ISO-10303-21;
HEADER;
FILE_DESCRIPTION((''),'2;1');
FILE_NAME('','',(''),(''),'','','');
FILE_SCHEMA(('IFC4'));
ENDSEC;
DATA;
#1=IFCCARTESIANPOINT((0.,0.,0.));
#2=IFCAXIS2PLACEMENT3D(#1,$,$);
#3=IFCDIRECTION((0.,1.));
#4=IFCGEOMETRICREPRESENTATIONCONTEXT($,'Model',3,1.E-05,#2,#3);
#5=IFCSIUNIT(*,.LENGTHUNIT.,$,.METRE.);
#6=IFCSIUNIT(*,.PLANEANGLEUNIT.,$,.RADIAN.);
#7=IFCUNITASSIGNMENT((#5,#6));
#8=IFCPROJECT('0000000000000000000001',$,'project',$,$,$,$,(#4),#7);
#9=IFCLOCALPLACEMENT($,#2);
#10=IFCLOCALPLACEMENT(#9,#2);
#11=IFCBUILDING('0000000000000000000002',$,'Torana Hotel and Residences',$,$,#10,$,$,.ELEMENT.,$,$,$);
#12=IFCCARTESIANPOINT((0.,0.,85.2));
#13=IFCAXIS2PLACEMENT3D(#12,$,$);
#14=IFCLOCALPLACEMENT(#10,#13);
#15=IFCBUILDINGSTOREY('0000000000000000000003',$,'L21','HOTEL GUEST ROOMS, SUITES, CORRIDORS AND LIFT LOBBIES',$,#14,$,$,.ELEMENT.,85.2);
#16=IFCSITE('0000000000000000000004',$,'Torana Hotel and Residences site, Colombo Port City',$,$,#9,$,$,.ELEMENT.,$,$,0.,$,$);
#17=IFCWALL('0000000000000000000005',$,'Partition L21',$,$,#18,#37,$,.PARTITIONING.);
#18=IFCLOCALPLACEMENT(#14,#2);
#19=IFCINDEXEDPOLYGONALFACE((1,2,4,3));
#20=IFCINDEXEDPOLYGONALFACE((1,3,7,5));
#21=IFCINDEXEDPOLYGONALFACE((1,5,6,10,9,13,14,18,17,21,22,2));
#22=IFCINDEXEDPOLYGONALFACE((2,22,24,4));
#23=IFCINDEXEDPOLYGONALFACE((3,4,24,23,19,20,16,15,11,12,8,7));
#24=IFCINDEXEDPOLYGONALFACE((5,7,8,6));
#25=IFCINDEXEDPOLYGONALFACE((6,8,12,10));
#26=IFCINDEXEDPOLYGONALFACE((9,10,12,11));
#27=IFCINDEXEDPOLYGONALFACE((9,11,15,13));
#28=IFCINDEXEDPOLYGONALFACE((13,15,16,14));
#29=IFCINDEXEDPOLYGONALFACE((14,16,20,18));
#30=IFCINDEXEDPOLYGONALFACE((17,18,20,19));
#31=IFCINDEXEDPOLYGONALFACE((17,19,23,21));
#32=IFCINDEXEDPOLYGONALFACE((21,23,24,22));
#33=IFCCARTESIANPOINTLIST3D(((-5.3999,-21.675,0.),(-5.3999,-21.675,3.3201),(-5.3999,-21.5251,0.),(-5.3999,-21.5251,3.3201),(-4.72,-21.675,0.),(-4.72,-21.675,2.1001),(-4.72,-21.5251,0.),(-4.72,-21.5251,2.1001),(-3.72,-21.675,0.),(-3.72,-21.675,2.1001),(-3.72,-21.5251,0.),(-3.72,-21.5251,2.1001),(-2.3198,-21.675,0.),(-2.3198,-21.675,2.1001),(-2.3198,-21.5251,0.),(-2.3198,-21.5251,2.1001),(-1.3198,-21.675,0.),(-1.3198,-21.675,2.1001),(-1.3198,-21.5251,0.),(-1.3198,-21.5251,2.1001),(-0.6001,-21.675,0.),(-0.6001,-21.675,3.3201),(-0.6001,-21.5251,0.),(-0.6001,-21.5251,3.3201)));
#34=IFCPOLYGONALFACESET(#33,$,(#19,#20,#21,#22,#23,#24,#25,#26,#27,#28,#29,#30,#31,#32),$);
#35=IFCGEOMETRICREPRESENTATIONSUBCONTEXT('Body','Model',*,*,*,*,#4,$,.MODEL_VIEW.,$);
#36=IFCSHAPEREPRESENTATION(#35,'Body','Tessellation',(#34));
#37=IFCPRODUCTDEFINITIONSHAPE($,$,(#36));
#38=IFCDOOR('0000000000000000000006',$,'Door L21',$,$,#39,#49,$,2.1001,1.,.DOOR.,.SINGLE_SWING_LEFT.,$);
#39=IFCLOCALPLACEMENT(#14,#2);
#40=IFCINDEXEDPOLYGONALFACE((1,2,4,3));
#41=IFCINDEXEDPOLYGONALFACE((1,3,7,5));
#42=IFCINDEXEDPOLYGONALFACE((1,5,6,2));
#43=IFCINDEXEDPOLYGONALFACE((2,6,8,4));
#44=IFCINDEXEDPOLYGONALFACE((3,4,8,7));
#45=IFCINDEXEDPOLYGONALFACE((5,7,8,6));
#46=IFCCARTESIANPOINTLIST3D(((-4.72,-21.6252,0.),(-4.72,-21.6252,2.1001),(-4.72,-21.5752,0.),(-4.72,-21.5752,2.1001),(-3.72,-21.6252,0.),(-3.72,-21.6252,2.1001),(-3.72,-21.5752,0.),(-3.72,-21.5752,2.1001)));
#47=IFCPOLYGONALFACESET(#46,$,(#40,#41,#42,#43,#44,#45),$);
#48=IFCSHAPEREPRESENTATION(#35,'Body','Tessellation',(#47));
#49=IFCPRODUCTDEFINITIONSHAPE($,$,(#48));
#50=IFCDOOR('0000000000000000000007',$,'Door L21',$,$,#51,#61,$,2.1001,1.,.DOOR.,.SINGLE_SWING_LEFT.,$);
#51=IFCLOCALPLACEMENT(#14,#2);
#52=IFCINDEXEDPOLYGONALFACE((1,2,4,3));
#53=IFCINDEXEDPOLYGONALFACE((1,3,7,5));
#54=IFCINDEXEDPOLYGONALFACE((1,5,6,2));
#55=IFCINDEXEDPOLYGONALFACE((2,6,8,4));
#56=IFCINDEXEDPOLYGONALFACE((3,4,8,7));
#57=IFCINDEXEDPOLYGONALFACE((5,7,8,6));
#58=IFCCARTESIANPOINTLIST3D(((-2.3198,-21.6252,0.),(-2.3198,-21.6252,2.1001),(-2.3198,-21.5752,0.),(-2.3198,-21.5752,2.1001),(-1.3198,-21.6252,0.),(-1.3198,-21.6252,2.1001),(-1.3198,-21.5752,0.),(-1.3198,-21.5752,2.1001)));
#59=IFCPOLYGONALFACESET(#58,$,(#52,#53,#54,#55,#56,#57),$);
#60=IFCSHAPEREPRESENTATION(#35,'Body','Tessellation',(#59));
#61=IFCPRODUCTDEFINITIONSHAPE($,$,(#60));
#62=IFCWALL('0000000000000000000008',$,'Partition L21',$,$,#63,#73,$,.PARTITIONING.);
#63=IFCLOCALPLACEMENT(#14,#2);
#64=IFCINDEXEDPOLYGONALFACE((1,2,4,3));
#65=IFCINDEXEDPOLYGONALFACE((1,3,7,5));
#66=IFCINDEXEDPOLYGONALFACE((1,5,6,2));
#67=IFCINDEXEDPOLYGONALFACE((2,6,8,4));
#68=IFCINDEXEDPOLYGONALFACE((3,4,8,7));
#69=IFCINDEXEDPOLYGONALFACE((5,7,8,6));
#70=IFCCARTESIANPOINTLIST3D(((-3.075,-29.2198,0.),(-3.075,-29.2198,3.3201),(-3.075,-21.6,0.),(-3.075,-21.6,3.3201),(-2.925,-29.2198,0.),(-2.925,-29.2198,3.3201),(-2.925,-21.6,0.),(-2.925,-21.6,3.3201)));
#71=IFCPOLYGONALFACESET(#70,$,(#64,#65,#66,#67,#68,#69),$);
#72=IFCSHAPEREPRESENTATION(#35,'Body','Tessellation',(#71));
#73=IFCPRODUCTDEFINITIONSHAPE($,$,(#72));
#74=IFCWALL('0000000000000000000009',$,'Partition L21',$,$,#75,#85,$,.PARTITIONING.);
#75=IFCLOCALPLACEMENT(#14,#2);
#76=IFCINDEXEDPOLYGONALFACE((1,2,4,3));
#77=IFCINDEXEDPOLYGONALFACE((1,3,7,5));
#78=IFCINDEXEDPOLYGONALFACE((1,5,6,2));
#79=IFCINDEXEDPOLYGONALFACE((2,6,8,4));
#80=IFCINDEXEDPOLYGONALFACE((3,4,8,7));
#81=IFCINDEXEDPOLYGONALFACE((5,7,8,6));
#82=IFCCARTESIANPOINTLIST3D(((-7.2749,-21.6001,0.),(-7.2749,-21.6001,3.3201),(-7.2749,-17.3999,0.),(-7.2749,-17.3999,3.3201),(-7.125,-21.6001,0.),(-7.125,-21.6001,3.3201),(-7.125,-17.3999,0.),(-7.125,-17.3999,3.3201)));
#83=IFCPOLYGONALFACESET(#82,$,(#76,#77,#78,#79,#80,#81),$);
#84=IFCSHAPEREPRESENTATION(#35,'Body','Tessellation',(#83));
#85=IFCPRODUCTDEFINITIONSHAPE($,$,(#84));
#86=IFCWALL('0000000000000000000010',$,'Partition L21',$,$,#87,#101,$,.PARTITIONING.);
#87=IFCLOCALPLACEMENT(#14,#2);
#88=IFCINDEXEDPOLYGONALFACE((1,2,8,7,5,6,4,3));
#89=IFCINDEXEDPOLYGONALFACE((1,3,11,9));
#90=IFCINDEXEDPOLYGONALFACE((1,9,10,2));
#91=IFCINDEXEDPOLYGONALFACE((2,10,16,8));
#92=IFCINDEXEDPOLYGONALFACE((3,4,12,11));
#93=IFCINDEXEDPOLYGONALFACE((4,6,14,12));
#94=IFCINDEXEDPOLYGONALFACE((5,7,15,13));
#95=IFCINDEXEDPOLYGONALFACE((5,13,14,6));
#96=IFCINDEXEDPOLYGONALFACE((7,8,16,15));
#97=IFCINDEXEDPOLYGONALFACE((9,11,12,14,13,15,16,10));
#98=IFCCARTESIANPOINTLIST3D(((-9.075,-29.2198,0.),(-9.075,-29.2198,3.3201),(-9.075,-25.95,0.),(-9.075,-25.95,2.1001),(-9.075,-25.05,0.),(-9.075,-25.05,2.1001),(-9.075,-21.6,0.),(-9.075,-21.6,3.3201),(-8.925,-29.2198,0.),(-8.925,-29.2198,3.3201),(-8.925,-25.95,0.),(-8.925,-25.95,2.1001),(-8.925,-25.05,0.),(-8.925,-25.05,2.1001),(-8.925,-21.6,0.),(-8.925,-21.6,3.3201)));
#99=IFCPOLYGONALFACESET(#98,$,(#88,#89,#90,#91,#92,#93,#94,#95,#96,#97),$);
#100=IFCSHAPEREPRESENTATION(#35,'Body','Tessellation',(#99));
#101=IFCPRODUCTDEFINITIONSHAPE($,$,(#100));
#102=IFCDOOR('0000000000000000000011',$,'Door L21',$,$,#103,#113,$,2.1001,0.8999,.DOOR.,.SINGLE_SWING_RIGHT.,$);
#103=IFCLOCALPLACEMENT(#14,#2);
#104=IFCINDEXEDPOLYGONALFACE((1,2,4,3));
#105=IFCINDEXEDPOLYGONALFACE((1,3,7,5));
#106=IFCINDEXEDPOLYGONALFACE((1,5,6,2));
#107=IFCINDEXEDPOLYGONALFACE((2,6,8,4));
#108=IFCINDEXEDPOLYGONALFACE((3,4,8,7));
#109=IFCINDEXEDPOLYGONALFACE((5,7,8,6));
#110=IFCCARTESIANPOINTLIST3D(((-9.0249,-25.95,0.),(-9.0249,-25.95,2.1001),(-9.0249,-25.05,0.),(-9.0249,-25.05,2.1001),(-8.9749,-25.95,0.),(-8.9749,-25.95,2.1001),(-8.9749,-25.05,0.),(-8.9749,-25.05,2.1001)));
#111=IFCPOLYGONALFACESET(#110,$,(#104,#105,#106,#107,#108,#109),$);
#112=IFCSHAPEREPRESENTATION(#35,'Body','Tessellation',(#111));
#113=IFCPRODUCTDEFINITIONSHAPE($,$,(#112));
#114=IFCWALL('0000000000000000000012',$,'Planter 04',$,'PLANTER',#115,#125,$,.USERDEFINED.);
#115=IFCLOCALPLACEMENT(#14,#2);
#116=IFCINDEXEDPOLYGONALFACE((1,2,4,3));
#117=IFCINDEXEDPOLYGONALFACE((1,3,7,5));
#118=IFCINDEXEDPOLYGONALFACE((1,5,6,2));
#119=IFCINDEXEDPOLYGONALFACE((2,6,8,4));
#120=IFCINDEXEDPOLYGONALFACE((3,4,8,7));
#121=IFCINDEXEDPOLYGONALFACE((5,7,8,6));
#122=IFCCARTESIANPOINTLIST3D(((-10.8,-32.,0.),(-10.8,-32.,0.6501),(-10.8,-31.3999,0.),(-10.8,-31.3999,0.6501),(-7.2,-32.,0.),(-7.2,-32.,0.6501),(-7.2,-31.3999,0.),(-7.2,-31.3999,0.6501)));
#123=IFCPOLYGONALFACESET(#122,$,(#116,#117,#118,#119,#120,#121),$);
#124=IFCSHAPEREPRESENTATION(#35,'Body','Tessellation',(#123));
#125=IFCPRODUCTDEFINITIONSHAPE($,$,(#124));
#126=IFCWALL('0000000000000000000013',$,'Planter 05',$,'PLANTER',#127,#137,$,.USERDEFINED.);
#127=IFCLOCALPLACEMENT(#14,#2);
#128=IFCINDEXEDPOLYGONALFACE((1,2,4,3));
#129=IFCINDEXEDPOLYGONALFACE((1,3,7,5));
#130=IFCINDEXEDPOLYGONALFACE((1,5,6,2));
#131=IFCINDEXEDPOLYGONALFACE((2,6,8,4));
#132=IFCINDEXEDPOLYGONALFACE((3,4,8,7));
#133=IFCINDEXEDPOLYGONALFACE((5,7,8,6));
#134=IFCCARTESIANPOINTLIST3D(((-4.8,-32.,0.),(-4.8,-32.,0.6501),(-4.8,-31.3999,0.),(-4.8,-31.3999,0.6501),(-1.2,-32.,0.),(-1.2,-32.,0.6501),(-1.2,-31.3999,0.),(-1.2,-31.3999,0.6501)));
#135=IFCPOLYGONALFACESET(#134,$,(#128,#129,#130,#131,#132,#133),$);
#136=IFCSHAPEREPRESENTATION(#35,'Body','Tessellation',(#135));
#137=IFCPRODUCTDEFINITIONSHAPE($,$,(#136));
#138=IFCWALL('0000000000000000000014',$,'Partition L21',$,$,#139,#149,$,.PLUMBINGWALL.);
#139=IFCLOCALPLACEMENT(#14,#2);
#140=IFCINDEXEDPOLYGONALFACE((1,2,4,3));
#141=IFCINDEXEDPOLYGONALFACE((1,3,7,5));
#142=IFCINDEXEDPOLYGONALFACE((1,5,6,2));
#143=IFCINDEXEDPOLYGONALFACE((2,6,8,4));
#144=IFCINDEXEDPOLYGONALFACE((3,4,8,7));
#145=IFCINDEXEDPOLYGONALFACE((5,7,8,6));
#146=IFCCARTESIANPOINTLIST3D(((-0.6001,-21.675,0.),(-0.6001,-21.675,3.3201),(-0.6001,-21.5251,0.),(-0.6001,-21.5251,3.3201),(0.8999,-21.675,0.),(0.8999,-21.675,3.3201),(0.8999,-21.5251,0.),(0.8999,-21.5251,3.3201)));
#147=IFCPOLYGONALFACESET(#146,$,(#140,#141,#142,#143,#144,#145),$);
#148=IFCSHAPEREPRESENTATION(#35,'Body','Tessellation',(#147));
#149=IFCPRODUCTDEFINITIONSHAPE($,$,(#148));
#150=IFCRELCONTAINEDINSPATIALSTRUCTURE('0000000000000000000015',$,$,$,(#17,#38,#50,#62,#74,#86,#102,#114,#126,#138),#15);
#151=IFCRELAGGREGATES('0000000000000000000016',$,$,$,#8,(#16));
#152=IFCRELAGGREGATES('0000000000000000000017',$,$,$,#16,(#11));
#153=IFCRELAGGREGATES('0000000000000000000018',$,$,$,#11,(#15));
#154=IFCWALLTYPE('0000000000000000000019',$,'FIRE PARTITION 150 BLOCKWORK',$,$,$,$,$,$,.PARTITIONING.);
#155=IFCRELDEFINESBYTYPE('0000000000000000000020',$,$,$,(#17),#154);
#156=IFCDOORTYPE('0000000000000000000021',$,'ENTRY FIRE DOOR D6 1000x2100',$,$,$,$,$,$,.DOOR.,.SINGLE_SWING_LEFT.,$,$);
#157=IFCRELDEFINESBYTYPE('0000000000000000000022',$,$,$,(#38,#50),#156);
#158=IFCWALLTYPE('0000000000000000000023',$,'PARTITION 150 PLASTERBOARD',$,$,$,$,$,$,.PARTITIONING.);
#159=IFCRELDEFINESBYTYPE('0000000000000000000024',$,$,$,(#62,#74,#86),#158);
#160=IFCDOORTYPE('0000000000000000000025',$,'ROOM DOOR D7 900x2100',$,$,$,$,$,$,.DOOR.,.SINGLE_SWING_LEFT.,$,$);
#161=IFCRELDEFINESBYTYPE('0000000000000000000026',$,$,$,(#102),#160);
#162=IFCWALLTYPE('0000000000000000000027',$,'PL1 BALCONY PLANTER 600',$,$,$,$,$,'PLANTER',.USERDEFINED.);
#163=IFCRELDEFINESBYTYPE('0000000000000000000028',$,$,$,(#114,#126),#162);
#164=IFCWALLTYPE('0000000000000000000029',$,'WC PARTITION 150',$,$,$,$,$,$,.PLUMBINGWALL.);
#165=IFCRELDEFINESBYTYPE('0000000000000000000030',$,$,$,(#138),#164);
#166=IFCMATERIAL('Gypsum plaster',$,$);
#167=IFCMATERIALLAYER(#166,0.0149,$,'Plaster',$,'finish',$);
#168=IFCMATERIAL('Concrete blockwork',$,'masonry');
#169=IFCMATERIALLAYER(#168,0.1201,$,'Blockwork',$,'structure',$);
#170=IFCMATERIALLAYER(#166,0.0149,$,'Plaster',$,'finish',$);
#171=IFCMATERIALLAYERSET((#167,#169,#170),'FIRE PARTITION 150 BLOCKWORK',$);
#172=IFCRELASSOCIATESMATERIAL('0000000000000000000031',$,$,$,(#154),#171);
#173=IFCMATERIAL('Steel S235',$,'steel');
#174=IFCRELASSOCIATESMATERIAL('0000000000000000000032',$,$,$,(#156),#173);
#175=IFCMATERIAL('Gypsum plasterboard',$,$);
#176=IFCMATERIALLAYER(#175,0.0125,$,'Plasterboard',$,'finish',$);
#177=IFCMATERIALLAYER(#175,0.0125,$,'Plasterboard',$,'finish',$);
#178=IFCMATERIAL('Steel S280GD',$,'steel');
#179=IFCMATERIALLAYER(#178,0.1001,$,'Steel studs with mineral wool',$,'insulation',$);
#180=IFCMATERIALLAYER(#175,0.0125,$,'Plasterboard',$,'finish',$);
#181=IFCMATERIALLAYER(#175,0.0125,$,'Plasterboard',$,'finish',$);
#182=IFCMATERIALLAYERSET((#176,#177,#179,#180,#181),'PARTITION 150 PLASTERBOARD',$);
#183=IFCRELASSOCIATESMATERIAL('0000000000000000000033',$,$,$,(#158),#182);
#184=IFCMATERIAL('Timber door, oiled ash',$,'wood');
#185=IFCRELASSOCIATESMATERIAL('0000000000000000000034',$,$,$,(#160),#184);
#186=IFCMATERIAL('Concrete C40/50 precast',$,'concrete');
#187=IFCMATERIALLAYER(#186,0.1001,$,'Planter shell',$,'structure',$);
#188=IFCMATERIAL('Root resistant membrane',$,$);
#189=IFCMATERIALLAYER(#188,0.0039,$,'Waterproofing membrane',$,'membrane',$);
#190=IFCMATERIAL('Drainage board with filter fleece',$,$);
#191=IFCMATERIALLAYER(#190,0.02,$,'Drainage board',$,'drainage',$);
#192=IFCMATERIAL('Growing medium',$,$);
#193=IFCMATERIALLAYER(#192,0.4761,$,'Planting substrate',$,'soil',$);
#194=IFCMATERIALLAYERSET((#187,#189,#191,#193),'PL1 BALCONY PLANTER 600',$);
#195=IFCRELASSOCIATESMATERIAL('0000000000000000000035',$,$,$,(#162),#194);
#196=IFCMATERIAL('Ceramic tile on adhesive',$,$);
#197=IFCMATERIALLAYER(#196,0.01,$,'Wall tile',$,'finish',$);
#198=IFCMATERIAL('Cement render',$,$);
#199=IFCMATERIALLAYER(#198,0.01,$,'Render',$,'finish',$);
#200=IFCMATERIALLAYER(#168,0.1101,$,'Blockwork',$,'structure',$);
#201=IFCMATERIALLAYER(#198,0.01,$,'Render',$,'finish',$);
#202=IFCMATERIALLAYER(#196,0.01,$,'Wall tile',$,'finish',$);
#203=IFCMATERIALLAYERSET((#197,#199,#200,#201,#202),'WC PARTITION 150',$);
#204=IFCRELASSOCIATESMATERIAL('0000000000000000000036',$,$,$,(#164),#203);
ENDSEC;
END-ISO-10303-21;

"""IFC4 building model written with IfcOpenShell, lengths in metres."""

from ifc_helpers import new_model, si_unit, direction, frame, frame_2d, origin, place, context, subcontext, project, spatial, rectangle, extrude, material, layer, layer_set, type_object, element, fill, save


model = new_model("IFC4")

# Units and contexts
model_context = context("Model", 3, precision=1e-05, world=origin(), true_north=direction((0.0, 1.0)))
body_context = subcontext(model_context, "Body", "Model", "MODEL_VIEW")
ifc_project = project(units=[si_unit("LENGTHUNIT", "METRE"), si_unit("PLANEANGLEUNIT", "RADIAN")], contexts=[model_context])

# Site, building, storey
site_placement = place(None, origin())
site = spatial("IfcSite", under=ifc_project, at=site_placement, Name="Torana Hotel and Residences site, Colombo Port City", CompositionType="ELEMENT", RefElevation=0.0)
building_placement = place(site_placement, origin())
building = spatial("IfcBuilding", under=site, at=building_placement, Name="Torana Hotel and Residences", CompositionType="ELEMENT")
storey_placement = place(building_placement, frame((0.0, 0.0, 85.2)))
storey = spatial("IfcBuildingStorey", under=building, at=storey_placement, Name="L21", Description="HOTEL GUEST ROOMS, SUITES, CORRIDORS AND LIFT LOBBIES", CompositionType="ELEMENT", Elevation=85.2)

# Shared definitions
ifc_material_1 = material(Name="Gypsum plaster")
ifc_layer_1 = layer(ifc_material_1, 0.0149, Name="Plaster", Category="finish")
ifc_material_2 = material(Name="Concrete blockwork", Category="masonry")
ifc_layer_2 = layer(ifc_material_2, 0.1201, Name="Blockwork", Category="structure")
ifc_layer_3 = layer(ifc_material_1, 0.0149, Name="Plaster", Category="finish")
ifc_layer_set_1 = layer_set([ifc_layer_1, ifc_layer_2, ifc_layer_3], Name="FIRE PARTITION 150 BLOCKWORK")
wall_type_1 = type_object("IfcWallType", Name="FIRE PARTITION 150 BLOCKWORK", PredefinedType="PARTITIONING", material=ifc_layer_set_1)
ifc_material_3 = material(Name="Steel S235", Category="steel")
door_type_1 = type_object("IfcDoorType", Name="ENTRY FIRE DOOR D6 1000x2100", OperationType="SINGLE_SWING_LEFT", PredefinedType="DOOR", material=ifc_material_3)

# Wall, openings, doors
wall_1_placement = place(storey_placement, frame((-5.3999, -21.6001, 0.0), z_axis=(0.0, 0.0, 1.0), x_axis=(1.0, 0.0, 0.0)))
wall_1 = element("IfcWall", 1, at=wall_1_placement, inside=storey, type_object=wall_type_1, Name="Partition L21", PredefinedType="PARTITIONING", context=body_context, shape_type="SweptSolid", body=[
    extrude(rectangle(XDim=4.7998, YDim=0.1499, at=frame_2d((2.3999, 0.0))), origin(), (0.0, 0.0, 1.0), 3.3201),
])
opening_1_placement = place(wall_1_placement, frame((0.6799, 0.0, 0.0)))
opening_1 = element("IfcOpeningElement", 2, at=opening_1_placement, cuts=wall_1, PredefinedType="OPENING", context=body_context, shape_type="SweptSolid", body=[
    extrude(rectangle(XDim=1.0, YDim=2.1001, at=frame_2d((0.5, 1.05))), frame((0.0, 0.085, 0.0), z_axis=(0.0, -1.0, 0.0), x_axis=(1.0, 0.0, 0.0)), (0.0, 0.0, 1.0), 0.1699),
])
opening_2_placement = place(wall_1_placement, frame((3.0801, 0.0, 0.0)))
opening_2 = element("IfcOpeningElement", 3, at=opening_2_placement, cuts=wall_1, PredefinedType="OPENING", context=body_context, shape_type="SweptSolid", body=[
    extrude(rectangle(XDim=1.0, YDim=2.1001, at=frame_2d((0.5, 1.05))), frame((0.0, 0.085, 0.0), z_axis=(0.0, -1.0, 0.0), x_axis=(1.0, 0.0, 0.0)), (0.0, 0.0, 1.0), 0.1699),
])
door_1_placement = place(opening_1_placement, frame((0.5, 0.0, 0.0), z_axis=(0.0, 0.0, 1.0), x_axis=(-1.0, 0.0, 0.0)))
door_1 = element("IfcDoor", 4, at=door_1_placement, inside=storey, type_object=door_type_1, Name="Door L21", OperationType="SINGLE_SWING_LEFT", OverallHeight=2.1001, OverallWidth=1.0, PredefinedType="DOOR", context=body_context, shape_type="SweptSolid", body=[
    extrude(rectangle(XDim=1.0, YDim=2.1001, at=frame_2d((0.0, 1.05))), frame((0.0, -0.0249, 0.0), z_axis=(0.0, 1.0, 0.0), x_axis=(-1.0, 0.0, 0.0)), (0.0, 0.0, 1.0), 0.05),
])
fill(opening_1, door_1)
door_2_placement = place(opening_2_placement, frame((0.5, 0.0, 0.0), z_axis=(0.0, 0.0, 1.0), x_axis=(-1.0, 0.0, 0.0)))
door_2 = element("IfcDoor", 5, at=door_2_placement, inside=storey, type_object=door_type_1, Name="Door L21", OperationType="SINGLE_SWING_LEFT", OverallHeight=2.1001, OverallWidth=1.0, PredefinedType="DOOR", context=body_context, shape_type="SweptSolid", body=[
    extrude(rectangle(XDim=1.0, YDim=2.1001, at=frame_2d((0.0, 1.05))), frame((0.0, -0.0249, 0.0), z_axis=(0.0, 1.0, 0.0), x_axis=(-1.0, 0.0, 0.0)), (0.0, 0.0, 1.0), 0.05),
])
fill(opening_2, door_2)

# Walls
ifc_material_4 = material(Name="Gypsum plasterboard")
ifc_layer_4 = layer(ifc_material_4, 0.0125, Name="Plasterboard", Category="finish")
ifc_layer_5 = layer(ifc_material_4, 0.0125, Name="Plasterboard", Category="finish")
ifc_material_5 = material(Name="Steel S280GD", Category="steel")
ifc_layer_6 = layer(ifc_material_5, 0.1001, Name="Steel studs with mineral wool", Category="insulation")
ifc_layer_7 = layer(ifc_material_4, 0.0125, Name="Plasterboard", Category="finish")
ifc_layer_8 = layer(ifc_material_4, 0.0125, Name="Plasterboard", Category="finish")
ifc_layer_set_2 = layer_set([ifc_layer_4, ifc_layer_5, ifc_layer_6, ifc_layer_7, ifc_layer_8], Name="PARTITION 150 PLASTERBOARD")
wall_type_2 = type_object("IfcWallType", Name="PARTITION 150 PLASTERBOARD", PredefinedType="PARTITIONING", material=ifc_layer_set_2)
wall_2_placement = place(storey_placement, frame((-3.0, -29.22, 0.0), z_axis=(0.0, 0.0, 1.0), x_axis=(0.0, 1.0, 0.0)))
element("IfcWall", 6, at=wall_2_placement, inside=storey, type_object=wall_type_2, Name="Partition L21", PredefinedType="PARTITIONING", context=body_context, shape_type="SweptSolid", body=[
    extrude(rectangle(XDim=7.6199, YDim=0.1499, at=frame_2d((3.8101, 0.0))), origin(), (0.0, 0.0, 1.0), 3.3201),
])
wall_3_placement = place(storey_placement, frame((-7.2, -21.6001, 0.0), z_axis=(0.0, 0.0, 1.0), x_axis=(0.0, 1.0, 0.0)))
element("IfcWall", 7, at=wall_3_placement, inside=storey, type_object=wall_type_2, Name="Partition L21", PredefinedType="PARTITIONING", context=body_context, shape_type="SweptSolid", body=[
    extrude(rectangle(XDim=4.2002, YDim=0.1499, at=frame_2d((2.1001, 0.0))), origin(), (0.0, 0.0, 1.0), 3.3201),
])

# Wall, opening, door
wall_4_placement = place(storey_placement, frame((-9.0, -29.22, 0.0), z_axis=(0.0, 0.0, 1.0), x_axis=(0.0, 1.0, 0.0)))
wall_4 = element("IfcWall", 8, at=wall_4_placement, inside=storey, type_object=wall_type_2, Name="Partition L21", PredefinedType="PARTITIONING", context=body_context, shape_type="SweptSolid", body=[
    extrude(rectangle(XDim=7.6199, YDim=0.1499, at=frame_2d((3.8101, 0.0))), origin(), (0.0, 0.0, 1.0), 3.3201),
])
opening_3_placement = place(wall_4_placement, frame((3.27, 0.0, 0.0)))
opening_3 = element("IfcOpeningElement", 9, at=opening_3_placement, cuts=wall_4, PredefinedType="OPENING", context=body_context, shape_type="SweptSolid", body=[
    extrude(rectangle(XDim=0.8999, YDim=2.1001, at=frame_2d((0.45, 1.05))), frame((0.0, 0.085, 0.0), z_axis=(0.0, -1.0, 0.0), x_axis=(1.0, 0.0, 0.0)), (0.0, 0.0, 1.0), 0.1699),
])
ifc_material_6 = material(Name="Timber door, oiled ash", Category="wood")
door_type_2 = type_object("IfcDoorType", Name="ROOM DOOR D7 900x2100", OperationType="SINGLE_SWING_LEFT", PredefinedType="DOOR", material=ifc_material_6)
door_3_placement = place(opening_3_placement, origin())
door_3 = element("IfcDoor", 10, at=door_3_placement, inside=storey, type_object=door_type_2, Name="Door L21", OperationType="SINGLE_SWING_RIGHT", OverallHeight=2.1001, OverallWidth=0.8999, PredefinedType="DOOR", context=body_context, shape_type="SweptSolid", body=[
    extrude(rectangle(XDim=0.8999, YDim=2.1001, at=frame_2d((0.45, 1.05))), frame((0.0, 0.0249, 0.0), z_axis=(0.0, -1.0, 0.0), x_axis=(1.0, 0.0, 0.0)), (0.0, 0.0, 1.0), 0.05),
])
fill(opening_3, door_3)

# Walls
ifc_material_7 = material(Name="Concrete C40/50 precast", Category="concrete")
ifc_layer_9 = layer(ifc_material_7, 0.1001, Name="Planter shell", Category="structure")
ifc_material_8 = material(Name="Root resistant membrane")
ifc_layer_10 = layer(ifc_material_8, 0.0039, Name="Waterproofing membrane", Category="membrane")
ifc_material_9 = material(Name="Drainage board with filter fleece")
ifc_layer_11 = layer(ifc_material_9, 0.02, Name="Drainage board", Category="drainage")
ifc_material_10 = material(Name="Growing medium")
ifc_layer_12 = layer(ifc_material_10, 0.4761, Name="Planting substrate", Category="soil")
ifc_layer_set_3 = layer_set([ifc_layer_9, ifc_layer_10, ifc_layer_11, ifc_layer_12], Name="PL1 BALCONY PLANTER 600")
wall_type_3 = type_object("IfcWallType", Name="PL1 BALCONY PLANTER 600", ElementType="PLANTER", PredefinedType="USERDEFINED", material=ifc_layer_set_3)
for number, where, z_axis, x_axis, name in (
    (11, (-7.2, -31.7, 0.0), (0.0, 0.0, 1.0), (-1.0, 0.0, 0.0), "Planter 04"),
    (12, (-1.2, -31.7, 0.0), (0.0, 0.0, 1.0), (-1.0, 0.0, 0.0), "Planter 05"),
):
    element("IfcWall", number, at=place(storey_placement, frame(where, z_axis=z_axis, x_axis=x_axis)), inside=storey, type_object=wall_type_3, Name=name, ObjectType="PLANTER", PredefinedType="USERDEFINED", context=body_context, shape_type="SweptSolid", body=[
        extrude(rectangle(XDim=3.6001, YDim=0.6001, at=frame_2d((1.8, 0.0))), origin(), (0.0, 0.0, 1.0), 0.6501),
    ])
ifc_material_11 = material(Name="Ceramic tile on adhesive")
ifc_layer_13 = layer(ifc_material_11, 0.01, Name="Wall tile", Category="finish")
ifc_material_12 = material(Name="Cement render")
ifc_layer_14 = layer(ifc_material_12, 0.01, Name="Render", Category="finish")
ifc_layer_15 = layer(ifc_material_2, 0.1101, Name="Blockwork", Category="structure")
ifc_layer_16 = layer(ifc_material_12, 0.01, Name="Render", Category="finish")
ifc_layer_17 = layer(ifc_material_11, 0.01, Name="Wall tile", Category="finish")
ifc_layer_set_4 = layer_set([ifc_layer_13, ifc_layer_14, ifc_layer_15, ifc_layer_16, ifc_layer_17], Name="WC PARTITION 150")
wall_type_4 = type_object("IfcWallType", Name="WC PARTITION 150", PredefinedType="PLUMBINGWALL", material=ifc_layer_set_4)
wall_5_placement = place(storey_placement, frame((-0.6001, -21.6001, 0.0), z_axis=(0.0, 0.0, 1.0), x_axis=(1.0, 0.0, 0.0)))
element("IfcWall", 13, at=wall_5_placement, inside=storey, type_object=wall_type_4, Name="Partition L21", PredefinedType="PLUMBINGWALL", context=body_context, shape_type="SweptSolid", body=[
    extrude(rectangle(XDim=1.5, YDim=0.1499, at=frame_2d((0.75, 0.0))), origin(), (0.0, 0.0, 1.0), 3.3201),
])

save(model, "model.ifc")
